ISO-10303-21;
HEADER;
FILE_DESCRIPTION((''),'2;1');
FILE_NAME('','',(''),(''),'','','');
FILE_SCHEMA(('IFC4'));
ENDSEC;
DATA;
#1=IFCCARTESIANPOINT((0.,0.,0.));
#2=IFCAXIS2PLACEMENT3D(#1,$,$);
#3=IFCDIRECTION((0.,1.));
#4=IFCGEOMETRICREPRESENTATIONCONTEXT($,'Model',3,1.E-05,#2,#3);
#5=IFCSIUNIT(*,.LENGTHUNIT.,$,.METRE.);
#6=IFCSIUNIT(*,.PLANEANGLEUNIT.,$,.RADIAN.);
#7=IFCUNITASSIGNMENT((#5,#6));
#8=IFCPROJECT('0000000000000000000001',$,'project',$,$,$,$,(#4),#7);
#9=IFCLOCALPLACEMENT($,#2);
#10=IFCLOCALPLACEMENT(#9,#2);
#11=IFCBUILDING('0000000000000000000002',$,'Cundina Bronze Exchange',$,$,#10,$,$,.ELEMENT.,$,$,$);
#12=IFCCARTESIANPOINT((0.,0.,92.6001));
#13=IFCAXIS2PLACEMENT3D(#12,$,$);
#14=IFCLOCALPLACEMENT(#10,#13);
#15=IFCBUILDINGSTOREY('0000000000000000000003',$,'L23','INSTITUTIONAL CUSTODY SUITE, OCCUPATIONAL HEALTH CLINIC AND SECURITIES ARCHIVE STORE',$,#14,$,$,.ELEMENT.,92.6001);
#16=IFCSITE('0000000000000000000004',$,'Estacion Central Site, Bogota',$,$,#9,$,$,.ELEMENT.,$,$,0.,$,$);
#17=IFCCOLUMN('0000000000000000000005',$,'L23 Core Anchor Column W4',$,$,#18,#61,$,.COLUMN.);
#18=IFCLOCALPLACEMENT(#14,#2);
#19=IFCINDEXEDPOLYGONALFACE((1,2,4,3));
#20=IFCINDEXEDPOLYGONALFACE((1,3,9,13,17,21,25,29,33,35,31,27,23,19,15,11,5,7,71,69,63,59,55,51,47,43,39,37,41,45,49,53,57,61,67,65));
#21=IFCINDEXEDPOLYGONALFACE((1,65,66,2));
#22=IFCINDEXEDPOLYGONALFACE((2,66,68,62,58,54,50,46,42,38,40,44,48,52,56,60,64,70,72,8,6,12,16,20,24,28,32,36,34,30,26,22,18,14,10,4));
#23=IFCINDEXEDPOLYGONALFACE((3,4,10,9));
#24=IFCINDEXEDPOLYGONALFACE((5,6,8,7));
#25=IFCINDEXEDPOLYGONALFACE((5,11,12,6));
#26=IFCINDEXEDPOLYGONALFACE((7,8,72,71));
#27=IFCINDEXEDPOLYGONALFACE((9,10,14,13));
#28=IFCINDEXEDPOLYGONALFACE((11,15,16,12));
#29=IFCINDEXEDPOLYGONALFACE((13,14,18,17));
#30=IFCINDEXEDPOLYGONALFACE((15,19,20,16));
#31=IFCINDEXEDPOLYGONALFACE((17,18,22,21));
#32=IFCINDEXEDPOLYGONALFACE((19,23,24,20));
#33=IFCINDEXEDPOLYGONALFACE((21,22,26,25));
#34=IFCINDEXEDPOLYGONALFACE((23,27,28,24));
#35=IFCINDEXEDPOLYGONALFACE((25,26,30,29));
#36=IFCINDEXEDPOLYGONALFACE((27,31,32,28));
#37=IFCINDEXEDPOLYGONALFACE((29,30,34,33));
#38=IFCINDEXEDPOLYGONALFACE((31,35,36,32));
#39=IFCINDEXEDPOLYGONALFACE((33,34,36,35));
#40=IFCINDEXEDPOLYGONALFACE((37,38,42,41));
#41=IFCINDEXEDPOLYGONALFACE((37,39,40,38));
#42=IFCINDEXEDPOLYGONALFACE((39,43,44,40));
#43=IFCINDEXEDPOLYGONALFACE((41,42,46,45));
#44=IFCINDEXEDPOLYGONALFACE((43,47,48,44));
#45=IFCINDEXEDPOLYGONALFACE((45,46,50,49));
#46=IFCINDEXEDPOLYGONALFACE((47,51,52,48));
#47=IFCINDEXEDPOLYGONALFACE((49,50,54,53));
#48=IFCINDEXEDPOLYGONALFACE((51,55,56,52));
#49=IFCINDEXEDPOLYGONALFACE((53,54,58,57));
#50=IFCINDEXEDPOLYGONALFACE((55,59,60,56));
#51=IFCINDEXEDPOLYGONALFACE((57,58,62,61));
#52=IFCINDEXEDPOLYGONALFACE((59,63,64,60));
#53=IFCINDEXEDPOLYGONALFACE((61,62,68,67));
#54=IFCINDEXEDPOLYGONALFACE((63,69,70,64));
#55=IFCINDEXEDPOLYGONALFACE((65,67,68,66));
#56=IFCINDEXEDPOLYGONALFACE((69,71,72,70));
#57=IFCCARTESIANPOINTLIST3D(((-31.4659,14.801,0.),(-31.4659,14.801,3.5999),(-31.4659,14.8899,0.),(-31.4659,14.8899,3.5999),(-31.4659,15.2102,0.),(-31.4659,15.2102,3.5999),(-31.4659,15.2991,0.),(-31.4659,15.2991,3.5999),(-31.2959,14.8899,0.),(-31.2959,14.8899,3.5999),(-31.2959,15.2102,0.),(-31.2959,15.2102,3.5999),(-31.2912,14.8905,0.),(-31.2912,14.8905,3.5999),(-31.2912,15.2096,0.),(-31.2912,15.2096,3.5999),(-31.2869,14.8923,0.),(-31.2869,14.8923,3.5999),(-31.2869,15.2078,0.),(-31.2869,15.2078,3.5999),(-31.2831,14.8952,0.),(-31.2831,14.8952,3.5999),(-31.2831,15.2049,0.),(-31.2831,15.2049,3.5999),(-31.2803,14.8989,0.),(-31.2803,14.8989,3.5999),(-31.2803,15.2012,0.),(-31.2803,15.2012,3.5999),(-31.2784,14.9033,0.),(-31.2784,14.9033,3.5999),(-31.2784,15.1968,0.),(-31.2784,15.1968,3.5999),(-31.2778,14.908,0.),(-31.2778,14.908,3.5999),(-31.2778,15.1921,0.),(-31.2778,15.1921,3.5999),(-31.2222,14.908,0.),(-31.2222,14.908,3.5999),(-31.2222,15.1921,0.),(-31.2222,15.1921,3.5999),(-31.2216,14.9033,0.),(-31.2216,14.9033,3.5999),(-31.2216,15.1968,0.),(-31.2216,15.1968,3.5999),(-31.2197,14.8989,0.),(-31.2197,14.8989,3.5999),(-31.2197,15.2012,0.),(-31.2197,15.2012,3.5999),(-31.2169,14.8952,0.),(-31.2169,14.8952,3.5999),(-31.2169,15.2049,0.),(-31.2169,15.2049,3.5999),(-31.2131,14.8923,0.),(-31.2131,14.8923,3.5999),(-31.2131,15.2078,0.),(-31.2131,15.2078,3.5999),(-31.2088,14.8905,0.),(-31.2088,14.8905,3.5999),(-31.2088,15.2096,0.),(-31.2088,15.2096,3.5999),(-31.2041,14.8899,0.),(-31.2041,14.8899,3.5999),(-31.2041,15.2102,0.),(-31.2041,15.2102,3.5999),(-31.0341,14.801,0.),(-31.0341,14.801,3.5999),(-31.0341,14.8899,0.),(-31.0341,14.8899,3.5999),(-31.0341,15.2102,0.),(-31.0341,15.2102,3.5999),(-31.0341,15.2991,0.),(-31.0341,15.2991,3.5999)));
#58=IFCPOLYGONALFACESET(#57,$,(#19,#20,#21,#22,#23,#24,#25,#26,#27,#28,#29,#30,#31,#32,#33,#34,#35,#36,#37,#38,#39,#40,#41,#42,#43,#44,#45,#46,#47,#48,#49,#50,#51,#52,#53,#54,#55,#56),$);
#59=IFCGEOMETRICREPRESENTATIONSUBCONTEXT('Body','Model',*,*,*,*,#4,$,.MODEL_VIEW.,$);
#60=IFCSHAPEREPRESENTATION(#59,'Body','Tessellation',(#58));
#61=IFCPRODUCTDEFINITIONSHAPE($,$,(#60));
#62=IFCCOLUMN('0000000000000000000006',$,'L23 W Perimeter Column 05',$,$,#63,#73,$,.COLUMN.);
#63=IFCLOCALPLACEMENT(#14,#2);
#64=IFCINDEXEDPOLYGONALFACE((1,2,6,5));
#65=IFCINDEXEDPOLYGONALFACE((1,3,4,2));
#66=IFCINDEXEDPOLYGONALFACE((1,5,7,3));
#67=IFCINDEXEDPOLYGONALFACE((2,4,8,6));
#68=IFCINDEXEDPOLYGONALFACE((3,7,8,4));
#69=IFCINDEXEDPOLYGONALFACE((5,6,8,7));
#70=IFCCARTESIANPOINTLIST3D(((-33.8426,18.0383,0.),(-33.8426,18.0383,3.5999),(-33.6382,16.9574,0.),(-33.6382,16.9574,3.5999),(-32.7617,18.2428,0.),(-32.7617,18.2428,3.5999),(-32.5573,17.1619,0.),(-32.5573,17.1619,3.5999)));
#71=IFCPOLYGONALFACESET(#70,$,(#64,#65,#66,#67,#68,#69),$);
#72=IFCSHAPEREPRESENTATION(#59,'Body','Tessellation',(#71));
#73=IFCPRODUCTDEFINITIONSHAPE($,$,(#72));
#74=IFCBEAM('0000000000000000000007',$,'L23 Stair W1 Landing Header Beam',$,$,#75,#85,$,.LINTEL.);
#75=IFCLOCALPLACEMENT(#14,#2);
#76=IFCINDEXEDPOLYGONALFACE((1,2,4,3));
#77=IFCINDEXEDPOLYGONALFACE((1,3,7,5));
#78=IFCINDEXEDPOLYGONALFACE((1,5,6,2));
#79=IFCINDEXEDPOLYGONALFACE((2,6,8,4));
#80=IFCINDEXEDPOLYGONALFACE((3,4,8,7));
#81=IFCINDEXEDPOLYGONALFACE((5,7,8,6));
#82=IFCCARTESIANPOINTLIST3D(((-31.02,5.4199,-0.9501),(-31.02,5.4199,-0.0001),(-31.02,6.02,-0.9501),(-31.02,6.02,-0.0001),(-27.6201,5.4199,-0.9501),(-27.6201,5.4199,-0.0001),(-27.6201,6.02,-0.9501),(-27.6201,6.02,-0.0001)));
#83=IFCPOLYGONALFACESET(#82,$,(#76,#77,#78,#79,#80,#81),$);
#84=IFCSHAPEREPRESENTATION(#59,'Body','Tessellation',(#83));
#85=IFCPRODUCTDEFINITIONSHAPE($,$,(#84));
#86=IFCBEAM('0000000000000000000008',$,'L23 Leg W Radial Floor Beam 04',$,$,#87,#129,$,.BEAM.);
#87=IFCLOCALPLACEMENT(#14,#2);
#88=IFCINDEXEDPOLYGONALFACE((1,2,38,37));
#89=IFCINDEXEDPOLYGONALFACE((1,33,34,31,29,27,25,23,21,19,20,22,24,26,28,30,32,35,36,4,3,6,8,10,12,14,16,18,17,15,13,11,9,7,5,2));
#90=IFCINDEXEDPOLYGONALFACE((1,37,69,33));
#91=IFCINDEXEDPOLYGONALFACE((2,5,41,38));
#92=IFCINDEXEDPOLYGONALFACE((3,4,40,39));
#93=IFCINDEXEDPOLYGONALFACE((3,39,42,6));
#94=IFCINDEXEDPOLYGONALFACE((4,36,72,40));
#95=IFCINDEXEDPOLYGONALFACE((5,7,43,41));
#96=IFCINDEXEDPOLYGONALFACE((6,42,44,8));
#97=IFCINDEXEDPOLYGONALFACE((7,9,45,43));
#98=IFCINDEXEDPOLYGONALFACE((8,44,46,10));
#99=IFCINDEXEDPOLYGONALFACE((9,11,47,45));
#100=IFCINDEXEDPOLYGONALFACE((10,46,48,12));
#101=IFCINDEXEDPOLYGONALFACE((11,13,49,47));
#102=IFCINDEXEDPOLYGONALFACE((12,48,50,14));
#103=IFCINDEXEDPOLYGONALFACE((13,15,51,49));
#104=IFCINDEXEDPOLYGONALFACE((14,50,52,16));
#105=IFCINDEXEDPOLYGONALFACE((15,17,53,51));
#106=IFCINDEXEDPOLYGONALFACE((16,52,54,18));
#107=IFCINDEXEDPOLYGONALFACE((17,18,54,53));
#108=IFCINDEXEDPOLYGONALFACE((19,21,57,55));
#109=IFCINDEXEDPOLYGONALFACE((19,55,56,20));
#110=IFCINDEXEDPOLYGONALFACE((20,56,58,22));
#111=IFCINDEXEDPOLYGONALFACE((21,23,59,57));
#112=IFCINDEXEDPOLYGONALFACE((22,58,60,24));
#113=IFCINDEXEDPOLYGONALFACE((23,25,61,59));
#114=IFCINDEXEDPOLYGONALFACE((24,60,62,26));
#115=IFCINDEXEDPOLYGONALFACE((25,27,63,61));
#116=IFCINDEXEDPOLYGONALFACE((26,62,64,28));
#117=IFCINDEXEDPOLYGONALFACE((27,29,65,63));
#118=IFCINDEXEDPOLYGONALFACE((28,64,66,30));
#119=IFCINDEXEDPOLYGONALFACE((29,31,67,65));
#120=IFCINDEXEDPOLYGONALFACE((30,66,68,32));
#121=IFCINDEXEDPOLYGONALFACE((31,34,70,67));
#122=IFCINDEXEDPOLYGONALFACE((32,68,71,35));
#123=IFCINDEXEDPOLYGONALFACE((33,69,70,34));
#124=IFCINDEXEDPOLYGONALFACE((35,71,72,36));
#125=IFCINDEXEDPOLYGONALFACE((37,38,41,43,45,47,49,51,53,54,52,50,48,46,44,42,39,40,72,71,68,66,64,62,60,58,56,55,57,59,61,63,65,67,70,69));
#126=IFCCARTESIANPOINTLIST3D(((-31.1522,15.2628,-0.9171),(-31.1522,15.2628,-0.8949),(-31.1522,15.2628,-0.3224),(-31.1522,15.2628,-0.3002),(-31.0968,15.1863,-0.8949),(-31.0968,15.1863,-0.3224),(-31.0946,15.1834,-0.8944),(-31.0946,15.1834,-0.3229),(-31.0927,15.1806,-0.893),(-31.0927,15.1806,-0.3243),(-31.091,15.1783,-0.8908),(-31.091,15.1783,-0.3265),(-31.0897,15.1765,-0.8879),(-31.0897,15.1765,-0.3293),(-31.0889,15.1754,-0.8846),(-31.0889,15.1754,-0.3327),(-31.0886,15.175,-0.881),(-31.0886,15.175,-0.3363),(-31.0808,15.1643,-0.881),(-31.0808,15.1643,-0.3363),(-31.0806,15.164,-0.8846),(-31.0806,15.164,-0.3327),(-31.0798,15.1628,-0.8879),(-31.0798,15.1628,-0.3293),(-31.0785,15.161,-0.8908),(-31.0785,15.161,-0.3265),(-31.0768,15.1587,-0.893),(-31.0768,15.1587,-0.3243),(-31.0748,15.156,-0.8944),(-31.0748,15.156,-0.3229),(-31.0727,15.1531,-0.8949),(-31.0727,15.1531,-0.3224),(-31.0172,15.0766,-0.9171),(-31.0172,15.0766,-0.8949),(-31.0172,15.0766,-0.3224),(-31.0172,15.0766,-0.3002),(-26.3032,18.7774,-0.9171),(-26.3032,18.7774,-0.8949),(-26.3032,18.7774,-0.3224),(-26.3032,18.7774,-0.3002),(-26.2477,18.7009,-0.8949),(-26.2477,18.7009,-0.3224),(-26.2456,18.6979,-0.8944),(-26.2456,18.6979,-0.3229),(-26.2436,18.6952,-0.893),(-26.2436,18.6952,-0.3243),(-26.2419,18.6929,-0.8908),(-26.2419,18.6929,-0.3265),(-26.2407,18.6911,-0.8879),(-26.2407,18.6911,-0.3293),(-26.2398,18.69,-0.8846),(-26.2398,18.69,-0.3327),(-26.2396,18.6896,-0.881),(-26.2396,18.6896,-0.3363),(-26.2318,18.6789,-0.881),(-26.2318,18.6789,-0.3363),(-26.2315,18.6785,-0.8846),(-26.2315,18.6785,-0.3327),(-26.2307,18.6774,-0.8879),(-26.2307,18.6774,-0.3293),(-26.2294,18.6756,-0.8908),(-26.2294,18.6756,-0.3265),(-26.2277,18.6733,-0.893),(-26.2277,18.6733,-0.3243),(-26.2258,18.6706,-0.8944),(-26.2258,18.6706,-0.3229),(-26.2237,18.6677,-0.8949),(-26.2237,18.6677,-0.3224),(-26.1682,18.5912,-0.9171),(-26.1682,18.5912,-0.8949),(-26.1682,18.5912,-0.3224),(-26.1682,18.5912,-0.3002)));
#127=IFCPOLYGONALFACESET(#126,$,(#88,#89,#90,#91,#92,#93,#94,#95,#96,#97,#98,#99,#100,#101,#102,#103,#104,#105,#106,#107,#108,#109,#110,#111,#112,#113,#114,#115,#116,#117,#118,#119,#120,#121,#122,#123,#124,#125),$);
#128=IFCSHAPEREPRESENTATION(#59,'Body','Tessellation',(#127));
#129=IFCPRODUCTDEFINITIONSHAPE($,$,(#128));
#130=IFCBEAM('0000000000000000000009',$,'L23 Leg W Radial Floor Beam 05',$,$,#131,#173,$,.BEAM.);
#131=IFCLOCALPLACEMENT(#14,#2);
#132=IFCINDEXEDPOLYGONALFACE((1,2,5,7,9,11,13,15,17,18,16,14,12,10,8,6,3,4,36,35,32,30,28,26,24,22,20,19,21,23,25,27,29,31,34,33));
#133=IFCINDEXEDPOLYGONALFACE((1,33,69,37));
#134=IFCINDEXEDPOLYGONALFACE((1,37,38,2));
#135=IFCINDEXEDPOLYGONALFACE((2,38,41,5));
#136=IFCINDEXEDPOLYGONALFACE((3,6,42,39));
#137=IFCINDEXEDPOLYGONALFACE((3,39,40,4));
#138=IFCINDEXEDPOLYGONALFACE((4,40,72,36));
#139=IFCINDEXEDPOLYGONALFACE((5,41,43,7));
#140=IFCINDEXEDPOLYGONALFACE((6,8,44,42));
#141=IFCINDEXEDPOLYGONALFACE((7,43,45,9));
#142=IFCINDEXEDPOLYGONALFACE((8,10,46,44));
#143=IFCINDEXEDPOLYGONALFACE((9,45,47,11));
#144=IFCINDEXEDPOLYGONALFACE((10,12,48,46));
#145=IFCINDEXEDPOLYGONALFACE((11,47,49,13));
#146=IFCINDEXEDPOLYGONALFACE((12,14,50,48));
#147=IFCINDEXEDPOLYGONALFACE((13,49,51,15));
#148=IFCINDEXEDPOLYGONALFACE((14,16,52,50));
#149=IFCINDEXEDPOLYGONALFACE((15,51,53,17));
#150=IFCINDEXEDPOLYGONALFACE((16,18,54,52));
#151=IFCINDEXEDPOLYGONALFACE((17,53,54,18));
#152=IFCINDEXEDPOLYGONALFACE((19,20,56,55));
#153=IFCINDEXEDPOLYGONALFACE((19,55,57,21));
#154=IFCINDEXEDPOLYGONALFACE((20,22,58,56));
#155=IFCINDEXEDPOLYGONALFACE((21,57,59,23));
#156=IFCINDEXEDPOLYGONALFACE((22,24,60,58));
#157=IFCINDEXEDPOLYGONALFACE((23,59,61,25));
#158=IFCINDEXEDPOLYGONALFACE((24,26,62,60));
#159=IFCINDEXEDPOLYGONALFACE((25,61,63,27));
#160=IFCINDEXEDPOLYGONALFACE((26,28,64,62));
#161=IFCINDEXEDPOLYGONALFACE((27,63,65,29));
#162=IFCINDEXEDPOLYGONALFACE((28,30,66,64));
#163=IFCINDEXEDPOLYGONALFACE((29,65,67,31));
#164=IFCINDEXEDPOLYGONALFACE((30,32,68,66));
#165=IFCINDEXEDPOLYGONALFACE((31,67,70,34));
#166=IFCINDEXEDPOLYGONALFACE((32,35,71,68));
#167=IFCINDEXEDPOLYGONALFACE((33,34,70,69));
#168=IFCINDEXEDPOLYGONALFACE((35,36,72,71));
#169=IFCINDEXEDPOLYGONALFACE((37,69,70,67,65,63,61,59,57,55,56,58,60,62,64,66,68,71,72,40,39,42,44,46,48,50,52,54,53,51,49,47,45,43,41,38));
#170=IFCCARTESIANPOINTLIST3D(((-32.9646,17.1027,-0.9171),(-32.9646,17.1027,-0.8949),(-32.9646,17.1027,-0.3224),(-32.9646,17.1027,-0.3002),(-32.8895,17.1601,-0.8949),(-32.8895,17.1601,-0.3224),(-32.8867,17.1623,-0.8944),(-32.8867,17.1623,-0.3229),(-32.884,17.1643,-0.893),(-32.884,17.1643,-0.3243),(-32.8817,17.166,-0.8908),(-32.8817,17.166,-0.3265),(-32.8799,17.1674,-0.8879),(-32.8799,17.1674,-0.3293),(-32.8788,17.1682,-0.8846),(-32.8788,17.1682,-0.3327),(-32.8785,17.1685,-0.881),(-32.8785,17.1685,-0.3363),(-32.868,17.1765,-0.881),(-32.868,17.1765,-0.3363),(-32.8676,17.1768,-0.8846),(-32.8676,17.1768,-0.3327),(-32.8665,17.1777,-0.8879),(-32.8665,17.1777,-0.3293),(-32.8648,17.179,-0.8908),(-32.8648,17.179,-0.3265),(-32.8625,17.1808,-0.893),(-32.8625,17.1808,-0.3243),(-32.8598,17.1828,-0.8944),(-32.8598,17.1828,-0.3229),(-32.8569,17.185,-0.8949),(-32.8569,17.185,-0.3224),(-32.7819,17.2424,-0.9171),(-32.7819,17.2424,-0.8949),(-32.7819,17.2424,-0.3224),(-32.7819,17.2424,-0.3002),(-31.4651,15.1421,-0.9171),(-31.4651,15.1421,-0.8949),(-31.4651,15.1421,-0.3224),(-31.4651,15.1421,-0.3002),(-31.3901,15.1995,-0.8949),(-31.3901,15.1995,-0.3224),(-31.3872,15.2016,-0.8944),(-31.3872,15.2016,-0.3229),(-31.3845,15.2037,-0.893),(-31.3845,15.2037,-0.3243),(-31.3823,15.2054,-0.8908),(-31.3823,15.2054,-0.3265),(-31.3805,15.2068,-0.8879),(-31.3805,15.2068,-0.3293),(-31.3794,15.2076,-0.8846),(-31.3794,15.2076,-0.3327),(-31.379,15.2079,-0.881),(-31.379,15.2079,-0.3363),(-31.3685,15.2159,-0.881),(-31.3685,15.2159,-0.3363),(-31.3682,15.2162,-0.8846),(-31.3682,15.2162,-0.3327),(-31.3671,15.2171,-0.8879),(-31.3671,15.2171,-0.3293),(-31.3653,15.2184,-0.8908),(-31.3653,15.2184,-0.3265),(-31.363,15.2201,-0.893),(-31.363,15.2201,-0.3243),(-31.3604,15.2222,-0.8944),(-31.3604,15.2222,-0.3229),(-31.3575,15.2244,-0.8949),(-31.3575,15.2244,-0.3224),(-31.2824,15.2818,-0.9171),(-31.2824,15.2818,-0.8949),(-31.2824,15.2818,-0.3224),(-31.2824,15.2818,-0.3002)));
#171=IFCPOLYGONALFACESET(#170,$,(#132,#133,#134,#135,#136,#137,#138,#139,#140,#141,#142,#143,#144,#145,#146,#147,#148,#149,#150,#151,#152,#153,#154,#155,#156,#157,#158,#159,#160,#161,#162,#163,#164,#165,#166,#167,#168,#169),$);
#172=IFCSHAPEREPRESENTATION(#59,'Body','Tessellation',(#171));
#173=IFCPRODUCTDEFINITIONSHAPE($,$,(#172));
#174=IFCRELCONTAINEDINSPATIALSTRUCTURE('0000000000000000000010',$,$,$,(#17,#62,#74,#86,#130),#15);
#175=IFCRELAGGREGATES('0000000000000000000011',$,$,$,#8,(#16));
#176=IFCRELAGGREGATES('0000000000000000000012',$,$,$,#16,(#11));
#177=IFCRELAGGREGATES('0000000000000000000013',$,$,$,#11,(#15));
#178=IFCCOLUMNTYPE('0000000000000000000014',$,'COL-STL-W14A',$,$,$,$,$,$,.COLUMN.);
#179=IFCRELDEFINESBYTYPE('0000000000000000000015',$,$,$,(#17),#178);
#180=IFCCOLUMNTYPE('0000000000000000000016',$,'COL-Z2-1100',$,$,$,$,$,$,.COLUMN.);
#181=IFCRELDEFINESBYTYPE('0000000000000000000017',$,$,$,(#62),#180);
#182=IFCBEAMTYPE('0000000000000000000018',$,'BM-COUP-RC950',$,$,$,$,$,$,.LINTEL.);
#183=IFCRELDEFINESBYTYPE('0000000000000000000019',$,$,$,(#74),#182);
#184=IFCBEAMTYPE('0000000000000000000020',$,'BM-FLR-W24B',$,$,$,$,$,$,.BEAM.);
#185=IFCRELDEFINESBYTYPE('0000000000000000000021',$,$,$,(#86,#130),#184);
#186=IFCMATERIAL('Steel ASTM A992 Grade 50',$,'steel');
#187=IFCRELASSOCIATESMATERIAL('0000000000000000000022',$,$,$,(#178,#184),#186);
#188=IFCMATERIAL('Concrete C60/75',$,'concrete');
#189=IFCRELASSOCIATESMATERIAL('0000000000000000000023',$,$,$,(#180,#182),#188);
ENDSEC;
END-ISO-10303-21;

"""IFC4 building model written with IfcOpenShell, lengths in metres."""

from ifc_helpers import new_model, si_unit, direction, frame, origin, origin_2d, place, context, subcontext, project, spatial, rectangle, i_section, extrude, material, material_profile, profile_set, type_object, element, save


model = new_model("IFC4")

# Units and contexts
model_context = context("Model", 3, precision=1e-05, world=origin(), true_north=direction((0.0, 1.0)))
body_context = subcontext(model_context, "Body", "Model", "MODEL_VIEW")
ifc_project = project(units=[si_unit("LENGTHUNIT", "METRE"), si_unit("PLANEANGLEUNIT", "RADIAN")], contexts=[model_context])

# Site, building, storey
site_placement = place(None, origin())
site = spatial("IfcSite", under=ifc_project, at=site_placement, Name="Estacion Central Site, Bogota", CompositionType="ELEMENT", RefElevation=0.0)
building_placement = place(site_placement, origin())
building = spatial("IfcBuilding", under=site, at=building_placement, Name="Cundina Bronze Exchange", CompositionType="ELEMENT")
storey_placement = place(building_placement, frame((0.0, 0.0, 92.6001)))
storey = spatial("IfcBuildingStorey", under=building, at=storey_placement, Name="L23", Description="INSTITUTIONAL CUSTODY SUITE, OCCUPATIONAL HEALTH CLINIC AND SECURITIES ARCHIVE STORE", CompositionType="ELEMENT", Elevation=92.6001)

# Columns
ifc_material_1 = material(Name="Steel ASTM A992 Grade 50", Category="steel")
ifc_material_profile_1 = material_profile(ifc_material_1, i_section(OverallWidth=0.4319, OverallDepth=0.498, WebThickness=0.0557, FlangeThickness=0.0889, FilletRadius=0.0181, at=origin_2d()), Name="W14X500", Category="steel")
ifc_profile_set_1 = profile_set([ifc_material_profile_1], Name="Steel ASTM A992 Grade 50")
column_type_1 = type_object("IfcColumnType", Name="COL-STL-W14A", PredefinedType="COLUMN", material=ifc_profile_set_1)
column_1_placement = place(storey_placement, frame((-31.25, 15.05, 0.0), z_axis=(0.0, 0.0, 1.0), x_axis=(1.0, 0.0, 0.0)))
element("IfcColumn", 1, at=column_1_placement, inside=storey, type_object=column_type_1, Name="L23 Core Anchor Column W4", PredefinedType="COLUMN", context=body_context, shape_type="SweptSolid", body=[
    extrude(i_section(OverallWidth=0.4319, OverallDepth=0.498, WebThickness=0.0557, FlangeThickness=0.0889, FilletRadius=0.0181, at=origin_2d()), origin(), (0.0, 0.0, 1.0), 3.5999),
])
ifc_material_2 = material(Name="Concrete C60/75", Category="concrete")
ifc_material_profile_2 = material_profile(ifc_material_2, rectangle(XDim=1.1001, YDim=1.1001, at=origin_2d()), Name="RC1100X1100", Category="concrete")
ifc_profile_set_2 = profile_set([ifc_material_profile_2], Name="Concrete C60/75")
column_type_2 = type_object("IfcColumnType", Name="COL-Z2-1100", PredefinedType="COLUMN", material=ifc_profile_set_2)
column_2_placement = place(storey_placement, frame((-33.2, 17.6001, 0.0), z_axis=(0.0, 0.0, 1.0), x_axis=(-0.98258, -0.185838, 0.0)))
element("IfcColumn", 2, at=column_2_placement, inside=storey, type_object=column_type_2, Name="L23 W Perimeter Column 05", PredefinedType="COLUMN", context=body_context, shape_type="SweptSolid", body=[
    extrude(rectangle(XDim=1.1001, YDim=1.1001, at=origin_2d()), origin(), (0.0, 0.0, 1.0), 3.5999),
])

# Beams
ifc_material_profile_3 = material_profile(ifc_material_2, rectangle(XDim=0.6001, YDim=0.95, at=origin_2d()), Name="RC600X950", Category="concrete")
ifc_profile_set_3 = profile_set([ifc_material_profile_3], Name="Concrete C60/75")
beam_type_1 = type_object("IfcBeamType", Name="BM-COUP-RC950", PredefinedType="LINTEL", material=ifc_profile_set_3)
beam_1_placement = place(storey_placement, frame((-31.02, 5.72, -0.4751), z_axis=(1.0, 0.0, 0.0), x_axis=(0.0, 1.0, 0.0)))
element("IfcBeam", 3, at=beam_1_placement, inside=storey, type_object=beam_type_1, Name="L23 Stair W1 Landing Header Beam", PredefinedType="LINTEL", context=body_context, shape_type="SweptSolid", body=[
    extrude(rectangle(XDim=0.6001, YDim=0.95, at=origin_2d()), origin(), (0.0, 0.0, 1.0), 3.3999),
])
ifc_material_profile_4 = material_profile(ifc_material_1, i_section(OverallWidth=0.23, OverallDepth=0.6169, WebThickness=0.0132, FlangeThickness=0.0222, FilletRadius=0.0139, at=origin_2d()), Name="W24X94", Category="steel")
ifc_profile_set_4 = profile_set([ifc_material_profile_4], Name="Steel ASTM A992 Grade 50")
beam_type_2 = type_object("IfcBeamType", Name="BM-FLR-W24B", PredefinedType="BEAM", material=ifc_profile_set_4)
beam_2_placement = place(storey_placement, frame((-31.0847, 15.1697, -0.6086), z_axis=(0.809687, 0.586862, 0.0), x_axis=(-0.586862, 0.809687, 0.0)))
element("IfcBeam", 4, at=beam_2_placement, inside=storey, type_object=beam_type_2, Name="L23 Leg W Radial Floor Beam 04", PredefinedType="BEAM", context=body_context, shape_type="SweptSolid", body=[
    extrude(i_section(OverallWidth=0.23, OverallDepth=0.6169, WebThickness=0.0132, FlangeThickness=0.0222, FilletRadius=0.0139, at=origin_2d()), origin(), (0.0, 0.0, 1.0), 5.9888),
])
beam_3_placement = place(storey_placement, frame((-31.3738, 15.2119, -0.6086), z_axis=(-0.60749, 0.794327, 0.0), x_axis=(-0.794327, -0.60749, 0.0)))
element("IfcBeam", 5, at=beam_3_placement, inside=storey, type_object=beam_type_2, Name="L23 Leg W Radial Floor Beam 05", PredefinedType="BEAM", context=body_context, shape_type="SweptSolid", body=[
    extrude(i_section(OverallWidth=0.23, OverallDepth=0.6169, WebThickness=0.0132, FlangeThickness=0.0222, FilletRadius=0.0139, at=origin_2d()), origin(), (0.0, 0.0, 1.0), 2.4683),
])

save(model, "model.ifc")
